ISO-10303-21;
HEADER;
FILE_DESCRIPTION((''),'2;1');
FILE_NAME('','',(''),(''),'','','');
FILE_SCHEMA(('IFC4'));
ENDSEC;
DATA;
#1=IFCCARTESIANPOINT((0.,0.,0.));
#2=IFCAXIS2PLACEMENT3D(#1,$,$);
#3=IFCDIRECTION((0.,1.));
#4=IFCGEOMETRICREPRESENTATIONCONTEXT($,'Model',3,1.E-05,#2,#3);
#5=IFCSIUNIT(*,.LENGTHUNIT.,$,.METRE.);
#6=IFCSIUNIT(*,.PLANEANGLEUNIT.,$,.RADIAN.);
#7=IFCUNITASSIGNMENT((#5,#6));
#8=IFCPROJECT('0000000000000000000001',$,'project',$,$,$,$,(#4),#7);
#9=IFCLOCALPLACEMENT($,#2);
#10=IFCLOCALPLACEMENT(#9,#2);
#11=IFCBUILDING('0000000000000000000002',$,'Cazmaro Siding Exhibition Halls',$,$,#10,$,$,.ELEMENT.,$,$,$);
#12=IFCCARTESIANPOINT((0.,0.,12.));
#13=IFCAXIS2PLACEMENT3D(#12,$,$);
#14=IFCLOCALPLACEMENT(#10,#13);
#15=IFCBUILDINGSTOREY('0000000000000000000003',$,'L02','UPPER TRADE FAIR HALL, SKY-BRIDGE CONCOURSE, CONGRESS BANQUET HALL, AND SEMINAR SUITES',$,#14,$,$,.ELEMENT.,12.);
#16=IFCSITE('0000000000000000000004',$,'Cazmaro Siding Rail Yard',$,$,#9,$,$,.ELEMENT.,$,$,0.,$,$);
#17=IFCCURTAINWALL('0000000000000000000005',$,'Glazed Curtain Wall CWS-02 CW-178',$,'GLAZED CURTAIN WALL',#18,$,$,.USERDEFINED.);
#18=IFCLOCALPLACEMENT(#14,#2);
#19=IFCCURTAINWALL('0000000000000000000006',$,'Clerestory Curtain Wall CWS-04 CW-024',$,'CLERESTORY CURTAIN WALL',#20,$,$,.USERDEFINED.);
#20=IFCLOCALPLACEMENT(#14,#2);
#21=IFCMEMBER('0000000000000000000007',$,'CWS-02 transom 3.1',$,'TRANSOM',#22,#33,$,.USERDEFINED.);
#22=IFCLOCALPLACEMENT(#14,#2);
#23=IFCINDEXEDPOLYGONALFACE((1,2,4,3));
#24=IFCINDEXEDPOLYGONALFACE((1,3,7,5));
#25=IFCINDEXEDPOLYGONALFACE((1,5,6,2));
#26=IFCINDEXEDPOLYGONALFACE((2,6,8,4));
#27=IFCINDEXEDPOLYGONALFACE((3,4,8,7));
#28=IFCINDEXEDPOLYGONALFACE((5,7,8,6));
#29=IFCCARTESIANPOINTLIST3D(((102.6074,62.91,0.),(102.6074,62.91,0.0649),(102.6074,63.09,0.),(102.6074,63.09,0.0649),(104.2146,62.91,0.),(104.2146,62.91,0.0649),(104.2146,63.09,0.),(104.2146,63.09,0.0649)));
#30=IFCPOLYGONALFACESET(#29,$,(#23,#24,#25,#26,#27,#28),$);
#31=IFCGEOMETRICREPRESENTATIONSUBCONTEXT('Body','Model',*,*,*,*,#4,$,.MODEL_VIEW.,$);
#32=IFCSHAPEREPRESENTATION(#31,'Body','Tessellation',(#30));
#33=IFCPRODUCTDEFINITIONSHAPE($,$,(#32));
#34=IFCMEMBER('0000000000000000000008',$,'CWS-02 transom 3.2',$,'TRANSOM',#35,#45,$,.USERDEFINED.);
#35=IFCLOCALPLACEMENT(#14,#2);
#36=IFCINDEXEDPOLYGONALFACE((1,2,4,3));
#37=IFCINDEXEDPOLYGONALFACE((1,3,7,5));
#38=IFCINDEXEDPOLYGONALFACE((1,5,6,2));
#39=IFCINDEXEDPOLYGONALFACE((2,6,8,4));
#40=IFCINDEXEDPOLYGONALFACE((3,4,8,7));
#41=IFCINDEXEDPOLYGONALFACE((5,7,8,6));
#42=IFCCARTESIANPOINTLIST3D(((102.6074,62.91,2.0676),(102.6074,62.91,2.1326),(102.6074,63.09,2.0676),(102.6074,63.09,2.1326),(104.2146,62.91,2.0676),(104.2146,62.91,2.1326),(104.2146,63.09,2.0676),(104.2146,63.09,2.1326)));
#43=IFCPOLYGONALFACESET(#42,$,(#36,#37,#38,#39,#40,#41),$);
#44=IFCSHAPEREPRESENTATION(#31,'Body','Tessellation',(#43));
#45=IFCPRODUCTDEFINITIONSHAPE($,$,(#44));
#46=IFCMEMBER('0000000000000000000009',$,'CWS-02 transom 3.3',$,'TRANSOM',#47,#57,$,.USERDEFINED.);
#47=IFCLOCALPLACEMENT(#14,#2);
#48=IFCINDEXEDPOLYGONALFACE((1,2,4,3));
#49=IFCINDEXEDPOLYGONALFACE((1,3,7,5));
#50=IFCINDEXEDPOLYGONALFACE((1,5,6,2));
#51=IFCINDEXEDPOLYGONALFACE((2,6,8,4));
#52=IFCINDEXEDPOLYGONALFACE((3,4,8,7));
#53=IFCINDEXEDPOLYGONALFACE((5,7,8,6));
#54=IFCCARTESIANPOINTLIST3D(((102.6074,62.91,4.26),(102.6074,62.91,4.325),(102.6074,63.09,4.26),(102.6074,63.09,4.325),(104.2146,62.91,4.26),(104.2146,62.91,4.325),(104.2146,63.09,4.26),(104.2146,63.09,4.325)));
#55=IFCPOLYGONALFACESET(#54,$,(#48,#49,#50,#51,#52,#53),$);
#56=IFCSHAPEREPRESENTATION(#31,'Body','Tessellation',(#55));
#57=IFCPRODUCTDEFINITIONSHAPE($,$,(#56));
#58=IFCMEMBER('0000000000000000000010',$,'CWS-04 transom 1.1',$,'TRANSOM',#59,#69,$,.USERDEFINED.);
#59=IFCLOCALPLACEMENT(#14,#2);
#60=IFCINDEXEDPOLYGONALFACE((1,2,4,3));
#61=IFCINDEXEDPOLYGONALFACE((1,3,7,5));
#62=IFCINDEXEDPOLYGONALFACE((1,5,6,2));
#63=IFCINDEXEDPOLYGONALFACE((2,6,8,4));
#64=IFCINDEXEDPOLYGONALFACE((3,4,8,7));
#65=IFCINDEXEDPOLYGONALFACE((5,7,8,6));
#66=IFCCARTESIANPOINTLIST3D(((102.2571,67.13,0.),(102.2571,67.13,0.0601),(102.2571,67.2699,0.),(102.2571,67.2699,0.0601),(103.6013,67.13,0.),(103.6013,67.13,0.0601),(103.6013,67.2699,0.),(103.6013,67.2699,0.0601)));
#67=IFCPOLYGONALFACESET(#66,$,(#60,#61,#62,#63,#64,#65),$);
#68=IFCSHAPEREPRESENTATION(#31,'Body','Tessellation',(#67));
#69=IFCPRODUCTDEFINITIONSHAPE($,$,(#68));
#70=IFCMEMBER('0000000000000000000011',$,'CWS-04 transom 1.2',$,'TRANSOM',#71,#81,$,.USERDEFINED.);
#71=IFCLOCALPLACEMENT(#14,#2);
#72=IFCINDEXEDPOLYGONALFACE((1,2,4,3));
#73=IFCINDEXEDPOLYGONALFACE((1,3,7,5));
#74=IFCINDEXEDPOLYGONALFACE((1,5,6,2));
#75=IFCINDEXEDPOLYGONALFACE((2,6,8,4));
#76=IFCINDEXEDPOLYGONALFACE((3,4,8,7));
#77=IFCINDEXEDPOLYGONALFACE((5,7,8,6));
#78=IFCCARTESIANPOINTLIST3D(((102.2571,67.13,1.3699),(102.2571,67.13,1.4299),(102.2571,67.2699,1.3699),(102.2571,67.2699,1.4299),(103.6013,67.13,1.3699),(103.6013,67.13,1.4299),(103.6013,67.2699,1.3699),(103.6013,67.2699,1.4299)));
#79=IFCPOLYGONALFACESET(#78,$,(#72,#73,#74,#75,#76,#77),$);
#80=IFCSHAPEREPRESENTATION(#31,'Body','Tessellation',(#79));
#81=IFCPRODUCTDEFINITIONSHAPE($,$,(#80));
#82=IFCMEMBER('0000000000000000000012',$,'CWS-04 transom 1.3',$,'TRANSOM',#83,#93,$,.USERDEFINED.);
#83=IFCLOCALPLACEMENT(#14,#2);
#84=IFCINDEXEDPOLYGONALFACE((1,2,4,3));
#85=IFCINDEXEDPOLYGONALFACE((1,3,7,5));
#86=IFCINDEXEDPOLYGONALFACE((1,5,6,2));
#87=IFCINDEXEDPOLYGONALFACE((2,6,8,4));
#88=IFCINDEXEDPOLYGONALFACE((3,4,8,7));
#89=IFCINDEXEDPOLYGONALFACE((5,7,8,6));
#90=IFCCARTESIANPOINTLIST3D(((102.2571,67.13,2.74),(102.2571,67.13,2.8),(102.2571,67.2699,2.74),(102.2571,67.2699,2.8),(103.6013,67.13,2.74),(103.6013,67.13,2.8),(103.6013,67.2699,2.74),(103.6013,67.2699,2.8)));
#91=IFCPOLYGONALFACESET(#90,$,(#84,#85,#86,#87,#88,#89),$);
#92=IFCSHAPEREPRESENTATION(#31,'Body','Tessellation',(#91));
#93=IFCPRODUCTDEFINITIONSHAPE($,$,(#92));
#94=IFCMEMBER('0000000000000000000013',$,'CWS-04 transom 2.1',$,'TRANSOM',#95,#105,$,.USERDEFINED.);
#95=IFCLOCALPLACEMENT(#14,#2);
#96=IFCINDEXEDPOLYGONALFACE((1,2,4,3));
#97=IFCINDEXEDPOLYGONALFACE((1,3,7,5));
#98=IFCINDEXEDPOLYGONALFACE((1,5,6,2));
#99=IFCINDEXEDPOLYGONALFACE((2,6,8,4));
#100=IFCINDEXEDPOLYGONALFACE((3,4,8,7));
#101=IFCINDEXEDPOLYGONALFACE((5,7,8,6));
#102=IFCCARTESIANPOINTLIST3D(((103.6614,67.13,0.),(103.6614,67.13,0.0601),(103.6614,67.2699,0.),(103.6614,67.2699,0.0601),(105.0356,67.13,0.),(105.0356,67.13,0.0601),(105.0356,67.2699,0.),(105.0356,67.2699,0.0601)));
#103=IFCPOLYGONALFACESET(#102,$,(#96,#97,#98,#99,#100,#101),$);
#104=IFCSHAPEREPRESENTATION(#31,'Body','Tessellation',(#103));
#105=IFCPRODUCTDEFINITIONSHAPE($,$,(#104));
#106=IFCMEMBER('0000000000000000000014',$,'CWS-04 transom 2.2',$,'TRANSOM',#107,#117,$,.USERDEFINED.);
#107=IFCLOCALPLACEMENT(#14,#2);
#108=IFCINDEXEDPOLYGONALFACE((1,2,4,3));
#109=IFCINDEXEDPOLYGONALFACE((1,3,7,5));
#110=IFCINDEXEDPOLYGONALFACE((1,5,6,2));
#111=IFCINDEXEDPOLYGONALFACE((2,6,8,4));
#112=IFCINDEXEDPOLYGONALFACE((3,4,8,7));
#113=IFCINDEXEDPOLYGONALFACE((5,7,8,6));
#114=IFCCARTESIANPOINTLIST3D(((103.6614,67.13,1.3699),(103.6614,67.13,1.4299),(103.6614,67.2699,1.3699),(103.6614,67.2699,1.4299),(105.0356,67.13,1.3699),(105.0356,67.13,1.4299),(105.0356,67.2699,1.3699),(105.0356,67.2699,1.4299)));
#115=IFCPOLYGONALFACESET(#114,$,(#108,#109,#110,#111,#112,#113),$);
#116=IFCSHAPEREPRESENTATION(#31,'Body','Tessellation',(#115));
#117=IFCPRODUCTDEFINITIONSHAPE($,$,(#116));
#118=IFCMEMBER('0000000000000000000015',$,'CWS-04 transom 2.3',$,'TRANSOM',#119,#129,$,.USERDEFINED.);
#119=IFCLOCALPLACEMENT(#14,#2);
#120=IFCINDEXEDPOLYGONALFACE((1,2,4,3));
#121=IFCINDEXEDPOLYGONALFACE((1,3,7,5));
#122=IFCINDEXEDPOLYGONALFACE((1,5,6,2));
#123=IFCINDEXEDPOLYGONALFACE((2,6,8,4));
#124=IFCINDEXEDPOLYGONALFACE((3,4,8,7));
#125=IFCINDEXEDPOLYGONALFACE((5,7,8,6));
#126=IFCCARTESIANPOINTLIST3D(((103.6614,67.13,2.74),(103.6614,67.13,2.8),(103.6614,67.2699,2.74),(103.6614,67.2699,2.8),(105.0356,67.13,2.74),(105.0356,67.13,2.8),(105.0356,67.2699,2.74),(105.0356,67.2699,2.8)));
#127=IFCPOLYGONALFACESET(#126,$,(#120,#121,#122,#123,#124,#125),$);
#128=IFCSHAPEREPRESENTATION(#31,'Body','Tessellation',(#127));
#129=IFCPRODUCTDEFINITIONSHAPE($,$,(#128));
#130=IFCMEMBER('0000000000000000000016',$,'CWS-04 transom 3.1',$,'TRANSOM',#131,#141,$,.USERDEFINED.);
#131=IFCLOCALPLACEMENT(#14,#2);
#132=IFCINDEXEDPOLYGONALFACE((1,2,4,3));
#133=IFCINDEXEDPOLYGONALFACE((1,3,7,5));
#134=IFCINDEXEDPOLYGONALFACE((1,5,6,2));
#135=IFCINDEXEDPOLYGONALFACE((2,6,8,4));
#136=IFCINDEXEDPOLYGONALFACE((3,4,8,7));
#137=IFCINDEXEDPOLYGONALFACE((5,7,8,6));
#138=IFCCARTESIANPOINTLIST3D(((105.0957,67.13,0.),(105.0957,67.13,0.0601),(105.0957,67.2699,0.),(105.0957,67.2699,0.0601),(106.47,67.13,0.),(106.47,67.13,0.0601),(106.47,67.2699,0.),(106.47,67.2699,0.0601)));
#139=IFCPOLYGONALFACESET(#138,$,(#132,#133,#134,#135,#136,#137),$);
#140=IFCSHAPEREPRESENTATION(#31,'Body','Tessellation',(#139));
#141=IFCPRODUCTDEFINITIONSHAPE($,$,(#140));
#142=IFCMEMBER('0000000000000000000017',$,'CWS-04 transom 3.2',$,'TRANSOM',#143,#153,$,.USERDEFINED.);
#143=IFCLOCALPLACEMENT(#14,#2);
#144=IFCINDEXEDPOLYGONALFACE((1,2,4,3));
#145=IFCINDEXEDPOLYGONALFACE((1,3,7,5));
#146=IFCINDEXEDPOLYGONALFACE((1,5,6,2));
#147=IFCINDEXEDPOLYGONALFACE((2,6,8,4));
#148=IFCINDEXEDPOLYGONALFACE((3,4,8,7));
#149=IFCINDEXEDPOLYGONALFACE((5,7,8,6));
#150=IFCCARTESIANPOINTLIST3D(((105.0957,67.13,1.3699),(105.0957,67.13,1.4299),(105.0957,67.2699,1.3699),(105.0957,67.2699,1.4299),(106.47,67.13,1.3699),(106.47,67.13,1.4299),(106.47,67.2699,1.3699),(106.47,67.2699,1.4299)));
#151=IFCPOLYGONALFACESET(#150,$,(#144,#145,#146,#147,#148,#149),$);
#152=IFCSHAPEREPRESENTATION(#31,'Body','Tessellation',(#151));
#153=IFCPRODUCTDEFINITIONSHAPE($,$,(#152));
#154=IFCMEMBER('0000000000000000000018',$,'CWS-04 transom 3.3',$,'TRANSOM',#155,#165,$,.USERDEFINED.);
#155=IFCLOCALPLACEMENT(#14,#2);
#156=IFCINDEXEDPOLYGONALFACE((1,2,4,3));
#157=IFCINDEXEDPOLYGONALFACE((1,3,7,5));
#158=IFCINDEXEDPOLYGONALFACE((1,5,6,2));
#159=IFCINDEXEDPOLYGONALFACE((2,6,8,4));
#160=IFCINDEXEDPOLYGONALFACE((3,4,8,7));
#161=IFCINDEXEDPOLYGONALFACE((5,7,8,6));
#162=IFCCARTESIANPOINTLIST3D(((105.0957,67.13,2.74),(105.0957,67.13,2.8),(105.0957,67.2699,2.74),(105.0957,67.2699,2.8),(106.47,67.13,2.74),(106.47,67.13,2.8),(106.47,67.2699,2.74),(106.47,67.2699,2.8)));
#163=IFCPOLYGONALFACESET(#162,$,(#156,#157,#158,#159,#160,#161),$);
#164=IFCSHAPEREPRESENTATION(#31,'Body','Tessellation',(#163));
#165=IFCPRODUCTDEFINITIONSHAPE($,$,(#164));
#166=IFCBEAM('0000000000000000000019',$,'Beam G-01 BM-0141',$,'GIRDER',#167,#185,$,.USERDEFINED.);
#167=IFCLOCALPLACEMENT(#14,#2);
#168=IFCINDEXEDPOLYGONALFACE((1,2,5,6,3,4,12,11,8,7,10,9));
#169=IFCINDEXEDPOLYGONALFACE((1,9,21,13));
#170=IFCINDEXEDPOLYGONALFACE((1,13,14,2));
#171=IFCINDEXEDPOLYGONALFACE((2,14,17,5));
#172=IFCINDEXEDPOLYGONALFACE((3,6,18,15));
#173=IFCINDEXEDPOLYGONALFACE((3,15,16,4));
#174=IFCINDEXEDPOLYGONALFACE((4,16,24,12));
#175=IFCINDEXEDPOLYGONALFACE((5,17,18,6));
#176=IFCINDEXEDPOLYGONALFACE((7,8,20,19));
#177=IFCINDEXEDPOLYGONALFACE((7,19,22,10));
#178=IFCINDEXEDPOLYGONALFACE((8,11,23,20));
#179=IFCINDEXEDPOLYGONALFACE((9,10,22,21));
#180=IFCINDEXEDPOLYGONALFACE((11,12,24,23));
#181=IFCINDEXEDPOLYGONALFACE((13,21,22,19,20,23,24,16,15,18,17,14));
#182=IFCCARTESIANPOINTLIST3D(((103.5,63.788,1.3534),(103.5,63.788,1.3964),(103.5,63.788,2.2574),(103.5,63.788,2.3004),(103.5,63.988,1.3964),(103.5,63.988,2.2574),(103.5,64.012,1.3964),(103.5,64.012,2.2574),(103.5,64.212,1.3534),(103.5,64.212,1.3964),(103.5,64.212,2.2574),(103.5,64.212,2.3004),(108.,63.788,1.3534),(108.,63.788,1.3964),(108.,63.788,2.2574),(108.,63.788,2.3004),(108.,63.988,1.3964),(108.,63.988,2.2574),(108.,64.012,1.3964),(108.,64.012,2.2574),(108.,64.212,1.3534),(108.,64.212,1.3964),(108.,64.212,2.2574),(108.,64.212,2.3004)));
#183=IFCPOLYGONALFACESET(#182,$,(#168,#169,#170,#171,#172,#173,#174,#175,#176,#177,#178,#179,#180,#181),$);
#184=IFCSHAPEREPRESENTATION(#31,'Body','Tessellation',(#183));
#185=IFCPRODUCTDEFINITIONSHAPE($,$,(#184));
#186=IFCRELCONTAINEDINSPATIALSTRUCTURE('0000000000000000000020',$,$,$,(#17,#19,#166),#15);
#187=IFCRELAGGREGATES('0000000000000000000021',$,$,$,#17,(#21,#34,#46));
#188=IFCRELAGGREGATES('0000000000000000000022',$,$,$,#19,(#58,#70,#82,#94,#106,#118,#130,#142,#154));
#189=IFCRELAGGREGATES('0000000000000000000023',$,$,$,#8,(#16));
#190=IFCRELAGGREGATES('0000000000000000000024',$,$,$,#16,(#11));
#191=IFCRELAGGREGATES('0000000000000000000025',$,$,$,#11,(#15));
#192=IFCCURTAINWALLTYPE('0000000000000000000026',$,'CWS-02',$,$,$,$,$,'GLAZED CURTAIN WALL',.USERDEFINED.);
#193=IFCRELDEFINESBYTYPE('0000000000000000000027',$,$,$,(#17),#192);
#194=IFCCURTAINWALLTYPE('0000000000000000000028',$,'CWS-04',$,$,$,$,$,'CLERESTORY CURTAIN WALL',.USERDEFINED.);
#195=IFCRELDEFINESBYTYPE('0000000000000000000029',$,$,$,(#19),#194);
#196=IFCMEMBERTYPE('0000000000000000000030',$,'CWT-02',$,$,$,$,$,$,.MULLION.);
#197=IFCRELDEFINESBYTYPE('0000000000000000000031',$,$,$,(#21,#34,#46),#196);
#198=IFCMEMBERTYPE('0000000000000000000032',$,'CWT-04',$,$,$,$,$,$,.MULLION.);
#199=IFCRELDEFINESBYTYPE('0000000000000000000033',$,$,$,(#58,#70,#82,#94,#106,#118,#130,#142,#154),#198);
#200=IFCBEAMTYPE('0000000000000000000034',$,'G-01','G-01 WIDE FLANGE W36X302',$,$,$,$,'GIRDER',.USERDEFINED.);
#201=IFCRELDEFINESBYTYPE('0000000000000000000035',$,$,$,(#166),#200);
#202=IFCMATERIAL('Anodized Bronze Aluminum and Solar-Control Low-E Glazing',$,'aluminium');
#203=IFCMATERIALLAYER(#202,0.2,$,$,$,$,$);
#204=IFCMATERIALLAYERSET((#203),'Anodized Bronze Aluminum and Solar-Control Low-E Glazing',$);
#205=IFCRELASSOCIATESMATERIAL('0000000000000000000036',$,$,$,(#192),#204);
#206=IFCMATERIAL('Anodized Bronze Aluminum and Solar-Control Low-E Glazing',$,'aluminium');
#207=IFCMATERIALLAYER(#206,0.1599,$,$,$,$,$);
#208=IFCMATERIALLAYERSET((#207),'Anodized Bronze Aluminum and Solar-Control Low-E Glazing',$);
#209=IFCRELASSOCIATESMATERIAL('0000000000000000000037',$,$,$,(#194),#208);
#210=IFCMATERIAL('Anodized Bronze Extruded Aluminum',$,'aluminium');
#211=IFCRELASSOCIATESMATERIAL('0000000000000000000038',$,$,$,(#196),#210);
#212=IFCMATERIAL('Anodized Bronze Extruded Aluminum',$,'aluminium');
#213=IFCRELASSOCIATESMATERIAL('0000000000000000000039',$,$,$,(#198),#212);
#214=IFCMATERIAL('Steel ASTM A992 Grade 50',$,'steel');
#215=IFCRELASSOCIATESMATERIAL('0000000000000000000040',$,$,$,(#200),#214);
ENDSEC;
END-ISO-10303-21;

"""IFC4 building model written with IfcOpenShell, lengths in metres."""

from ifc_helpers import new_model, si_unit, direction, frame, origin, origin_2d, place, context, subcontext, project, spatial, rectangle, i_section, extrude, material, layer, layer_set, material_profile, profile_set, type_object, element, aggregate, save


model = new_model("IFC4")

# Units and contexts
model_context = context("Model", 3, precision=1e-05, world=origin(), true_north=direction((0.0, 1.0)))
body_context = subcontext(model_context, "Body", "Model", "MODEL_VIEW")
ifc_project = project(units=[si_unit("LENGTHUNIT", "METRE"), si_unit("PLANEANGLEUNIT", "RADIAN")], contexts=[model_context])

# Site, building, storey
site_placement = place(None, origin())
site = spatial("IfcSite", under=ifc_project, at=site_placement, Name="Cazmaro Siding Rail Yard", CompositionType="ELEMENT", RefElevation=0.0)
building_placement = place(site_placement, origin())
building = spatial("IfcBuilding", under=site, at=building_placement, Name="Cazmaro Siding Exhibition Halls", CompositionType="ELEMENT")
storey_placement = place(building_placement, frame((0.0, 0.0, 12.0)))
storey = spatial("IfcBuildingStorey", under=building, at=storey_placement, Name="L02", Description="UPPER TRADE FAIR HALL, SKY-BRIDGE CONCOURSE, CONGRESS BANQUET HALL, AND SEMINAR SUITES", CompositionType="ELEMENT", Elevation=12.0)

# Curtain walls
ifc_material_1 = material(Name="Anodized Bronze Aluminum and Solar-Control Low-E Glazing", Category="aluminium")
ifc_layer_1 = layer(ifc_material_1, 0.2)
ifc_layer_set_1 = layer_set([ifc_layer_1], Name="Anodized Bronze Aluminum and Solar-Control Low-E Glazing")
curtain_wall_type_1 = type_object("IfcCurtainWallType", Name="CWS-02", ElementType="GLAZED CURTAIN WALL", PredefinedType="USERDEFINED", material=ifc_layer_set_1)
curtain_wall_1_placement = place(storey_placement, origin())
curtain_wall_1 = element("IfcCurtainWall", 1, at=curtain_wall_1_placement, inside=storey, type_object=curtain_wall_type_1, Name="Glazed Curtain Wall CWS-02 CW-178", ObjectType="GLAZED CURTAIN WALL", PredefinedType="USERDEFINED")
ifc_material_2 = material(Name="Anodized Bronze Aluminum and Solar-Control Low-E Glazing", Category="aluminium")
ifc_layer_2 = layer(ifc_material_2, 0.1599)
ifc_layer_set_2 = layer_set([ifc_layer_2], Name="Anodized Bronze Aluminum and Solar-Control Low-E Glazing")
curtain_wall_type_2 = type_object("IfcCurtainWallType", Name="CWS-04", ElementType="CLERESTORY CURTAIN WALL", PredefinedType="USERDEFINED", material=ifc_layer_set_2)
curtain_wall_2_placement = place(storey_placement, origin())
curtain_wall_2 = element("IfcCurtainWall", 2, at=curtain_wall_2_placement, inside=storey, type_object=curtain_wall_type_2, Name="Clerestory Curtain Wall CWS-04 CW-024", ObjectType="CLERESTORY CURTAIN WALL", PredefinedType="USERDEFINED")

# Members
ifc_material_3 = material(Name="Anodized Bronze Extruded Aluminum", Category="aluminium")
ifc_material_profile_1 = material_profile(ifc_material_3, rectangle(XDim=0.1799, YDim=0.0649, at=origin_2d()), Name="CWT-02")
ifc_profile_set_1 = profile_set([ifc_material_profile_1], Name="Anodized Bronze Extruded Aluminum")
member_type_1 = type_object("IfcMemberType", Name="CWT-02", PredefinedType="MULLION", material=ifc_profile_set_1)
member_1_placement = place(storey_placement, frame((104.2146, 63.0, 0.0325), z_axis=(-1.0, 0.0, 0.0), x_axis=(0.0, -1.0, 0.0)))
member_1 = element("IfcMember", 3, at=member_1_placement, type_object=member_type_1, Name="CWS-02 transom 3.1", ObjectType="TRANSOM", PredefinedType="USERDEFINED", context=body_context, shape_type="SweptSolid", body=[
    extrude(rectangle(XDim=0.1799, YDim=0.0649, at=origin_2d()), origin(), (0.0, 0.0, 1.0), 1.6072),
])
member_2_placement = place(storey_placement, frame((104.2146, 63.0, 2.1001), z_axis=(-1.0, 0.0, 0.0), x_axis=(0.0, -1.0, 0.0)))
member_2 = element("IfcMember", 4, at=member_2_placement, type_object=member_type_1, Name="CWS-02 transom 3.2", ObjectType="TRANSOM", PredefinedType="USERDEFINED", context=body_context, shape_type="SweptSolid", body=[
    extrude(rectangle(XDim=0.1799, YDim=0.0649, at=origin_2d()), origin(), (0.0, 0.0, 1.0), 1.6072),
])
member_3_placement = place(storey_placement, frame((104.2146, 63.0, 4.2925), z_axis=(-1.0, 0.0, 0.0), x_axis=(0.0, -1.0, 0.0)))
member_3 = element("IfcMember", 5, at=member_3_placement, type_object=member_type_1, Name="CWS-02 transom 3.3", ObjectType="TRANSOM", PredefinedType="USERDEFINED", context=body_context, shape_type="SweptSolid", body=[
    extrude(rectangle(XDim=0.1799, YDim=0.0649, at=origin_2d()), origin(), (0.0, 0.0, 1.0), 1.6072),
])
ifc_material_4 = material(Name="Anodized Bronze Extruded Aluminum", Category="aluminium")
ifc_material_profile_2 = material_profile(ifc_material_4, rectangle(XDim=0.1399, YDim=0.0601, at=origin_2d()), Name="CWT-04")
ifc_profile_set_2 = profile_set([ifc_material_profile_2], Name="Anodized Bronze Extruded Aluminum")
member_type_2 = type_object("IfcMemberType", Name="CWT-04", PredefinedType="MULLION", material=ifc_profile_set_2)
member_4_placement = place(storey_placement, frame((102.2571, 67.2, 0.03), z_axis=(1.0, 0.0, 0.0), x_axis=(0.0, 1.0, 0.0)))
member_4 = element("IfcMember", 6, at=member_4_placement, type_object=member_type_2, Name="CWS-04 transom 1.1", ObjectType="TRANSOM", PredefinedType="USERDEFINED", context=body_context, shape_type="SweptSolid", body=[
    extrude(rectangle(XDim=0.1399, YDim=0.0601, at=origin_2d()), origin(), (0.0, 0.0, 1.0), 1.3442),
])
member_5_placement = place(storey_placement, frame((102.2571, 67.2, 1.3999), z_axis=(1.0, 0.0, 0.0), x_axis=(0.0, 1.0, 0.0)))
member_5 = element("IfcMember", 7, at=member_5_placement, type_object=member_type_2, Name="CWS-04 transom 1.2", ObjectType="TRANSOM", PredefinedType="USERDEFINED", context=body_context, shape_type="SweptSolid", body=[
    extrude(rectangle(XDim=0.1399, YDim=0.0601, at=origin_2d()), origin(), (0.0, 0.0, 1.0), 1.3442),
])
member_6_placement = place(storey_placement, frame((102.2571, 67.2, 2.77), z_axis=(1.0, 0.0, 0.0), x_axis=(0.0, 1.0, 0.0)))
member_6 = element("IfcMember", 8, at=member_6_placement, type_object=member_type_2, Name="CWS-04 transom 1.3", ObjectType="TRANSOM", PredefinedType="USERDEFINED", context=body_context, shape_type="SweptSolid", body=[
    extrude(rectangle(XDim=0.1399, YDim=0.0601, at=origin_2d()), origin(), (0.0, 0.0, 1.0), 1.3442),
])
member_7_placement = place(storey_placement, frame((103.6614, 67.2, 0.03), z_axis=(1.0, 0.0, 0.0), x_axis=(0.0, 1.0, 0.0)))
member_7 = element("IfcMember", 9, at=member_7_placement, type_object=member_type_2, Name="CWS-04 transom 2.1", ObjectType="TRANSOM", PredefinedType="USERDEFINED", context=body_context, shape_type="SweptSolid", body=[
    extrude(rectangle(XDim=0.1399, YDim=0.0601, at=origin_2d()), origin(), (0.0, 0.0, 1.0), 1.3743),
])
member_8_placement = place(storey_placement, frame((103.6614, 67.2, 1.3999), z_axis=(1.0, 0.0, 0.0), x_axis=(0.0, 1.0, 0.0)))
member_8 = element("IfcMember", 10, at=member_8_placement, type_object=member_type_2, Name="CWS-04 transom 2.2", ObjectType="TRANSOM", PredefinedType="USERDEFINED", context=body_context, shape_type="SweptSolid", body=[
    extrude(rectangle(XDim=0.1399, YDim=0.0601, at=origin_2d()), origin(), (0.0, 0.0, 1.0), 1.3743),
])
member_9_placement = place(storey_placement, frame((103.6614, 67.2, 2.77), z_axis=(1.0, 0.0, 0.0), x_axis=(0.0, 1.0, 0.0)))
member_9 = element("IfcMember", 11, at=member_9_placement, type_object=member_type_2, Name="CWS-04 transom 2.3", ObjectType="TRANSOM", PredefinedType="USERDEFINED", context=body_context, shape_type="SweptSolid", body=[
    extrude(rectangle(XDim=0.1399, YDim=0.0601, at=origin_2d()), origin(), (0.0, 0.0, 1.0), 1.3743),
])
member_10_placement = place(storey_placement, frame((105.0957, 67.2, 0.03), z_axis=(1.0, 0.0, 0.0), x_axis=(0.0, 1.0, 0.0)))
member_10 = element("IfcMember", 12, at=member_10_placement, type_object=member_type_2, Name="CWS-04 transom 3.1", ObjectType="TRANSOM", PredefinedType="USERDEFINED", context=body_context, shape_type="SweptSolid", body=[
    extrude(rectangle(XDim=0.1399, YDim=0.0601, at=origin_2d()), origin(), (0.0, 0.0, 1.0), 1.3743),
])
member_11_placement = place(storey_placement, frame((105.0957, 67.2, 1.3999), z_axis=(1.0, 0.0, 0.0), x_axis=(0.0, 1.0, 0.0)))
member_11 = element("IfcMember", 13, at=member_11_placement, type_object=member_type_2, Name="CWS-04 transom 3.2", ObjectType="TRANSOM", PredefinedType="USERDEFINED", context=body_context, shape_type="SweptSolid", body=[
    extrude(rectangle(XDim=0.1399, YDim=0.0601, at=origin_2d()), origin(), (0.0, 0.0, 1.0), 1.3743),
])
member_12_placement = place(storey_placement, frame((105.0957, 67.2, 2.77), z_axis=(1.0, 0.0, 0.0), x_axis=(0.0, 1.0, 0.0)))
member_12 = element("IfcMember", 14, at=member_12_placement, type_object=member_type_2, Name="CWS-04 transom 3.3", ObjectType="TRANSOM", PredefinedType="USERDEFINED", context=body_context, shape_type="SweptSolid", body=[
    extrude(rectangle(XDim=0.1399, YDim=0.0601, at=origin_2d()), origin(), (0.0, 0.0, 1.0), 1.3743),
])

# Beam
ifc_material_5 = material(Name="Steel ASTM A992 Grade 50", Category="steel")
ifc_material_profile_3 = material_profile(ifc_material_5, i_section(OverallWidth=0.4241, OverallDepth=0.947, WebThickness=0.0239, FlangeThickness=0.043, at=origin_2d()), Name="W36X302")
ifc_profile_set_3 = profile_set([ifc_material_profile_3], Name="Steel ASTM A992 Grade 50")
beam_type_1 = type_object("IfcBeamType", Name="G-01", Description="G-01 WIDE FLANGE W36X302", ElementType="GIRDER", PredefinedType="USERDEFINED", material=ifc_profile_set_3)
beam_1_placement = place(storey_placement, frame((103.5, 64.0, 1.8269), z_axis=(1.0, 0.0, 0.0), x_axis=(0.0, 1.0, 0.0)))
element("IfcBeam", 15, at=beam_1_placement, inside=storey, type_object=beam_type_1, Name="Beam G-01 BM-0141", ObjectType="GIRDER", PredefinedType="USERDEFINED", context=body_context, shape_type="SweptSolid", body=[
    extrude(i_section(OverallWidth=0.4241, OverallDepth=0.947, WebThickness=0.0239, FlangeThickness=0.043, at=origin_2d()), origin(), (0.0, 0.0, 1.0), 4.5),
])

aggregate(curtain_wall_1, [member_1, member_2, member_3])
aggregate(curtain_wall_2, [member_4, member_5, member_6, member_7, member_8, member_9, member_10, member_11, member_12])

save(model, "model.ifc")
